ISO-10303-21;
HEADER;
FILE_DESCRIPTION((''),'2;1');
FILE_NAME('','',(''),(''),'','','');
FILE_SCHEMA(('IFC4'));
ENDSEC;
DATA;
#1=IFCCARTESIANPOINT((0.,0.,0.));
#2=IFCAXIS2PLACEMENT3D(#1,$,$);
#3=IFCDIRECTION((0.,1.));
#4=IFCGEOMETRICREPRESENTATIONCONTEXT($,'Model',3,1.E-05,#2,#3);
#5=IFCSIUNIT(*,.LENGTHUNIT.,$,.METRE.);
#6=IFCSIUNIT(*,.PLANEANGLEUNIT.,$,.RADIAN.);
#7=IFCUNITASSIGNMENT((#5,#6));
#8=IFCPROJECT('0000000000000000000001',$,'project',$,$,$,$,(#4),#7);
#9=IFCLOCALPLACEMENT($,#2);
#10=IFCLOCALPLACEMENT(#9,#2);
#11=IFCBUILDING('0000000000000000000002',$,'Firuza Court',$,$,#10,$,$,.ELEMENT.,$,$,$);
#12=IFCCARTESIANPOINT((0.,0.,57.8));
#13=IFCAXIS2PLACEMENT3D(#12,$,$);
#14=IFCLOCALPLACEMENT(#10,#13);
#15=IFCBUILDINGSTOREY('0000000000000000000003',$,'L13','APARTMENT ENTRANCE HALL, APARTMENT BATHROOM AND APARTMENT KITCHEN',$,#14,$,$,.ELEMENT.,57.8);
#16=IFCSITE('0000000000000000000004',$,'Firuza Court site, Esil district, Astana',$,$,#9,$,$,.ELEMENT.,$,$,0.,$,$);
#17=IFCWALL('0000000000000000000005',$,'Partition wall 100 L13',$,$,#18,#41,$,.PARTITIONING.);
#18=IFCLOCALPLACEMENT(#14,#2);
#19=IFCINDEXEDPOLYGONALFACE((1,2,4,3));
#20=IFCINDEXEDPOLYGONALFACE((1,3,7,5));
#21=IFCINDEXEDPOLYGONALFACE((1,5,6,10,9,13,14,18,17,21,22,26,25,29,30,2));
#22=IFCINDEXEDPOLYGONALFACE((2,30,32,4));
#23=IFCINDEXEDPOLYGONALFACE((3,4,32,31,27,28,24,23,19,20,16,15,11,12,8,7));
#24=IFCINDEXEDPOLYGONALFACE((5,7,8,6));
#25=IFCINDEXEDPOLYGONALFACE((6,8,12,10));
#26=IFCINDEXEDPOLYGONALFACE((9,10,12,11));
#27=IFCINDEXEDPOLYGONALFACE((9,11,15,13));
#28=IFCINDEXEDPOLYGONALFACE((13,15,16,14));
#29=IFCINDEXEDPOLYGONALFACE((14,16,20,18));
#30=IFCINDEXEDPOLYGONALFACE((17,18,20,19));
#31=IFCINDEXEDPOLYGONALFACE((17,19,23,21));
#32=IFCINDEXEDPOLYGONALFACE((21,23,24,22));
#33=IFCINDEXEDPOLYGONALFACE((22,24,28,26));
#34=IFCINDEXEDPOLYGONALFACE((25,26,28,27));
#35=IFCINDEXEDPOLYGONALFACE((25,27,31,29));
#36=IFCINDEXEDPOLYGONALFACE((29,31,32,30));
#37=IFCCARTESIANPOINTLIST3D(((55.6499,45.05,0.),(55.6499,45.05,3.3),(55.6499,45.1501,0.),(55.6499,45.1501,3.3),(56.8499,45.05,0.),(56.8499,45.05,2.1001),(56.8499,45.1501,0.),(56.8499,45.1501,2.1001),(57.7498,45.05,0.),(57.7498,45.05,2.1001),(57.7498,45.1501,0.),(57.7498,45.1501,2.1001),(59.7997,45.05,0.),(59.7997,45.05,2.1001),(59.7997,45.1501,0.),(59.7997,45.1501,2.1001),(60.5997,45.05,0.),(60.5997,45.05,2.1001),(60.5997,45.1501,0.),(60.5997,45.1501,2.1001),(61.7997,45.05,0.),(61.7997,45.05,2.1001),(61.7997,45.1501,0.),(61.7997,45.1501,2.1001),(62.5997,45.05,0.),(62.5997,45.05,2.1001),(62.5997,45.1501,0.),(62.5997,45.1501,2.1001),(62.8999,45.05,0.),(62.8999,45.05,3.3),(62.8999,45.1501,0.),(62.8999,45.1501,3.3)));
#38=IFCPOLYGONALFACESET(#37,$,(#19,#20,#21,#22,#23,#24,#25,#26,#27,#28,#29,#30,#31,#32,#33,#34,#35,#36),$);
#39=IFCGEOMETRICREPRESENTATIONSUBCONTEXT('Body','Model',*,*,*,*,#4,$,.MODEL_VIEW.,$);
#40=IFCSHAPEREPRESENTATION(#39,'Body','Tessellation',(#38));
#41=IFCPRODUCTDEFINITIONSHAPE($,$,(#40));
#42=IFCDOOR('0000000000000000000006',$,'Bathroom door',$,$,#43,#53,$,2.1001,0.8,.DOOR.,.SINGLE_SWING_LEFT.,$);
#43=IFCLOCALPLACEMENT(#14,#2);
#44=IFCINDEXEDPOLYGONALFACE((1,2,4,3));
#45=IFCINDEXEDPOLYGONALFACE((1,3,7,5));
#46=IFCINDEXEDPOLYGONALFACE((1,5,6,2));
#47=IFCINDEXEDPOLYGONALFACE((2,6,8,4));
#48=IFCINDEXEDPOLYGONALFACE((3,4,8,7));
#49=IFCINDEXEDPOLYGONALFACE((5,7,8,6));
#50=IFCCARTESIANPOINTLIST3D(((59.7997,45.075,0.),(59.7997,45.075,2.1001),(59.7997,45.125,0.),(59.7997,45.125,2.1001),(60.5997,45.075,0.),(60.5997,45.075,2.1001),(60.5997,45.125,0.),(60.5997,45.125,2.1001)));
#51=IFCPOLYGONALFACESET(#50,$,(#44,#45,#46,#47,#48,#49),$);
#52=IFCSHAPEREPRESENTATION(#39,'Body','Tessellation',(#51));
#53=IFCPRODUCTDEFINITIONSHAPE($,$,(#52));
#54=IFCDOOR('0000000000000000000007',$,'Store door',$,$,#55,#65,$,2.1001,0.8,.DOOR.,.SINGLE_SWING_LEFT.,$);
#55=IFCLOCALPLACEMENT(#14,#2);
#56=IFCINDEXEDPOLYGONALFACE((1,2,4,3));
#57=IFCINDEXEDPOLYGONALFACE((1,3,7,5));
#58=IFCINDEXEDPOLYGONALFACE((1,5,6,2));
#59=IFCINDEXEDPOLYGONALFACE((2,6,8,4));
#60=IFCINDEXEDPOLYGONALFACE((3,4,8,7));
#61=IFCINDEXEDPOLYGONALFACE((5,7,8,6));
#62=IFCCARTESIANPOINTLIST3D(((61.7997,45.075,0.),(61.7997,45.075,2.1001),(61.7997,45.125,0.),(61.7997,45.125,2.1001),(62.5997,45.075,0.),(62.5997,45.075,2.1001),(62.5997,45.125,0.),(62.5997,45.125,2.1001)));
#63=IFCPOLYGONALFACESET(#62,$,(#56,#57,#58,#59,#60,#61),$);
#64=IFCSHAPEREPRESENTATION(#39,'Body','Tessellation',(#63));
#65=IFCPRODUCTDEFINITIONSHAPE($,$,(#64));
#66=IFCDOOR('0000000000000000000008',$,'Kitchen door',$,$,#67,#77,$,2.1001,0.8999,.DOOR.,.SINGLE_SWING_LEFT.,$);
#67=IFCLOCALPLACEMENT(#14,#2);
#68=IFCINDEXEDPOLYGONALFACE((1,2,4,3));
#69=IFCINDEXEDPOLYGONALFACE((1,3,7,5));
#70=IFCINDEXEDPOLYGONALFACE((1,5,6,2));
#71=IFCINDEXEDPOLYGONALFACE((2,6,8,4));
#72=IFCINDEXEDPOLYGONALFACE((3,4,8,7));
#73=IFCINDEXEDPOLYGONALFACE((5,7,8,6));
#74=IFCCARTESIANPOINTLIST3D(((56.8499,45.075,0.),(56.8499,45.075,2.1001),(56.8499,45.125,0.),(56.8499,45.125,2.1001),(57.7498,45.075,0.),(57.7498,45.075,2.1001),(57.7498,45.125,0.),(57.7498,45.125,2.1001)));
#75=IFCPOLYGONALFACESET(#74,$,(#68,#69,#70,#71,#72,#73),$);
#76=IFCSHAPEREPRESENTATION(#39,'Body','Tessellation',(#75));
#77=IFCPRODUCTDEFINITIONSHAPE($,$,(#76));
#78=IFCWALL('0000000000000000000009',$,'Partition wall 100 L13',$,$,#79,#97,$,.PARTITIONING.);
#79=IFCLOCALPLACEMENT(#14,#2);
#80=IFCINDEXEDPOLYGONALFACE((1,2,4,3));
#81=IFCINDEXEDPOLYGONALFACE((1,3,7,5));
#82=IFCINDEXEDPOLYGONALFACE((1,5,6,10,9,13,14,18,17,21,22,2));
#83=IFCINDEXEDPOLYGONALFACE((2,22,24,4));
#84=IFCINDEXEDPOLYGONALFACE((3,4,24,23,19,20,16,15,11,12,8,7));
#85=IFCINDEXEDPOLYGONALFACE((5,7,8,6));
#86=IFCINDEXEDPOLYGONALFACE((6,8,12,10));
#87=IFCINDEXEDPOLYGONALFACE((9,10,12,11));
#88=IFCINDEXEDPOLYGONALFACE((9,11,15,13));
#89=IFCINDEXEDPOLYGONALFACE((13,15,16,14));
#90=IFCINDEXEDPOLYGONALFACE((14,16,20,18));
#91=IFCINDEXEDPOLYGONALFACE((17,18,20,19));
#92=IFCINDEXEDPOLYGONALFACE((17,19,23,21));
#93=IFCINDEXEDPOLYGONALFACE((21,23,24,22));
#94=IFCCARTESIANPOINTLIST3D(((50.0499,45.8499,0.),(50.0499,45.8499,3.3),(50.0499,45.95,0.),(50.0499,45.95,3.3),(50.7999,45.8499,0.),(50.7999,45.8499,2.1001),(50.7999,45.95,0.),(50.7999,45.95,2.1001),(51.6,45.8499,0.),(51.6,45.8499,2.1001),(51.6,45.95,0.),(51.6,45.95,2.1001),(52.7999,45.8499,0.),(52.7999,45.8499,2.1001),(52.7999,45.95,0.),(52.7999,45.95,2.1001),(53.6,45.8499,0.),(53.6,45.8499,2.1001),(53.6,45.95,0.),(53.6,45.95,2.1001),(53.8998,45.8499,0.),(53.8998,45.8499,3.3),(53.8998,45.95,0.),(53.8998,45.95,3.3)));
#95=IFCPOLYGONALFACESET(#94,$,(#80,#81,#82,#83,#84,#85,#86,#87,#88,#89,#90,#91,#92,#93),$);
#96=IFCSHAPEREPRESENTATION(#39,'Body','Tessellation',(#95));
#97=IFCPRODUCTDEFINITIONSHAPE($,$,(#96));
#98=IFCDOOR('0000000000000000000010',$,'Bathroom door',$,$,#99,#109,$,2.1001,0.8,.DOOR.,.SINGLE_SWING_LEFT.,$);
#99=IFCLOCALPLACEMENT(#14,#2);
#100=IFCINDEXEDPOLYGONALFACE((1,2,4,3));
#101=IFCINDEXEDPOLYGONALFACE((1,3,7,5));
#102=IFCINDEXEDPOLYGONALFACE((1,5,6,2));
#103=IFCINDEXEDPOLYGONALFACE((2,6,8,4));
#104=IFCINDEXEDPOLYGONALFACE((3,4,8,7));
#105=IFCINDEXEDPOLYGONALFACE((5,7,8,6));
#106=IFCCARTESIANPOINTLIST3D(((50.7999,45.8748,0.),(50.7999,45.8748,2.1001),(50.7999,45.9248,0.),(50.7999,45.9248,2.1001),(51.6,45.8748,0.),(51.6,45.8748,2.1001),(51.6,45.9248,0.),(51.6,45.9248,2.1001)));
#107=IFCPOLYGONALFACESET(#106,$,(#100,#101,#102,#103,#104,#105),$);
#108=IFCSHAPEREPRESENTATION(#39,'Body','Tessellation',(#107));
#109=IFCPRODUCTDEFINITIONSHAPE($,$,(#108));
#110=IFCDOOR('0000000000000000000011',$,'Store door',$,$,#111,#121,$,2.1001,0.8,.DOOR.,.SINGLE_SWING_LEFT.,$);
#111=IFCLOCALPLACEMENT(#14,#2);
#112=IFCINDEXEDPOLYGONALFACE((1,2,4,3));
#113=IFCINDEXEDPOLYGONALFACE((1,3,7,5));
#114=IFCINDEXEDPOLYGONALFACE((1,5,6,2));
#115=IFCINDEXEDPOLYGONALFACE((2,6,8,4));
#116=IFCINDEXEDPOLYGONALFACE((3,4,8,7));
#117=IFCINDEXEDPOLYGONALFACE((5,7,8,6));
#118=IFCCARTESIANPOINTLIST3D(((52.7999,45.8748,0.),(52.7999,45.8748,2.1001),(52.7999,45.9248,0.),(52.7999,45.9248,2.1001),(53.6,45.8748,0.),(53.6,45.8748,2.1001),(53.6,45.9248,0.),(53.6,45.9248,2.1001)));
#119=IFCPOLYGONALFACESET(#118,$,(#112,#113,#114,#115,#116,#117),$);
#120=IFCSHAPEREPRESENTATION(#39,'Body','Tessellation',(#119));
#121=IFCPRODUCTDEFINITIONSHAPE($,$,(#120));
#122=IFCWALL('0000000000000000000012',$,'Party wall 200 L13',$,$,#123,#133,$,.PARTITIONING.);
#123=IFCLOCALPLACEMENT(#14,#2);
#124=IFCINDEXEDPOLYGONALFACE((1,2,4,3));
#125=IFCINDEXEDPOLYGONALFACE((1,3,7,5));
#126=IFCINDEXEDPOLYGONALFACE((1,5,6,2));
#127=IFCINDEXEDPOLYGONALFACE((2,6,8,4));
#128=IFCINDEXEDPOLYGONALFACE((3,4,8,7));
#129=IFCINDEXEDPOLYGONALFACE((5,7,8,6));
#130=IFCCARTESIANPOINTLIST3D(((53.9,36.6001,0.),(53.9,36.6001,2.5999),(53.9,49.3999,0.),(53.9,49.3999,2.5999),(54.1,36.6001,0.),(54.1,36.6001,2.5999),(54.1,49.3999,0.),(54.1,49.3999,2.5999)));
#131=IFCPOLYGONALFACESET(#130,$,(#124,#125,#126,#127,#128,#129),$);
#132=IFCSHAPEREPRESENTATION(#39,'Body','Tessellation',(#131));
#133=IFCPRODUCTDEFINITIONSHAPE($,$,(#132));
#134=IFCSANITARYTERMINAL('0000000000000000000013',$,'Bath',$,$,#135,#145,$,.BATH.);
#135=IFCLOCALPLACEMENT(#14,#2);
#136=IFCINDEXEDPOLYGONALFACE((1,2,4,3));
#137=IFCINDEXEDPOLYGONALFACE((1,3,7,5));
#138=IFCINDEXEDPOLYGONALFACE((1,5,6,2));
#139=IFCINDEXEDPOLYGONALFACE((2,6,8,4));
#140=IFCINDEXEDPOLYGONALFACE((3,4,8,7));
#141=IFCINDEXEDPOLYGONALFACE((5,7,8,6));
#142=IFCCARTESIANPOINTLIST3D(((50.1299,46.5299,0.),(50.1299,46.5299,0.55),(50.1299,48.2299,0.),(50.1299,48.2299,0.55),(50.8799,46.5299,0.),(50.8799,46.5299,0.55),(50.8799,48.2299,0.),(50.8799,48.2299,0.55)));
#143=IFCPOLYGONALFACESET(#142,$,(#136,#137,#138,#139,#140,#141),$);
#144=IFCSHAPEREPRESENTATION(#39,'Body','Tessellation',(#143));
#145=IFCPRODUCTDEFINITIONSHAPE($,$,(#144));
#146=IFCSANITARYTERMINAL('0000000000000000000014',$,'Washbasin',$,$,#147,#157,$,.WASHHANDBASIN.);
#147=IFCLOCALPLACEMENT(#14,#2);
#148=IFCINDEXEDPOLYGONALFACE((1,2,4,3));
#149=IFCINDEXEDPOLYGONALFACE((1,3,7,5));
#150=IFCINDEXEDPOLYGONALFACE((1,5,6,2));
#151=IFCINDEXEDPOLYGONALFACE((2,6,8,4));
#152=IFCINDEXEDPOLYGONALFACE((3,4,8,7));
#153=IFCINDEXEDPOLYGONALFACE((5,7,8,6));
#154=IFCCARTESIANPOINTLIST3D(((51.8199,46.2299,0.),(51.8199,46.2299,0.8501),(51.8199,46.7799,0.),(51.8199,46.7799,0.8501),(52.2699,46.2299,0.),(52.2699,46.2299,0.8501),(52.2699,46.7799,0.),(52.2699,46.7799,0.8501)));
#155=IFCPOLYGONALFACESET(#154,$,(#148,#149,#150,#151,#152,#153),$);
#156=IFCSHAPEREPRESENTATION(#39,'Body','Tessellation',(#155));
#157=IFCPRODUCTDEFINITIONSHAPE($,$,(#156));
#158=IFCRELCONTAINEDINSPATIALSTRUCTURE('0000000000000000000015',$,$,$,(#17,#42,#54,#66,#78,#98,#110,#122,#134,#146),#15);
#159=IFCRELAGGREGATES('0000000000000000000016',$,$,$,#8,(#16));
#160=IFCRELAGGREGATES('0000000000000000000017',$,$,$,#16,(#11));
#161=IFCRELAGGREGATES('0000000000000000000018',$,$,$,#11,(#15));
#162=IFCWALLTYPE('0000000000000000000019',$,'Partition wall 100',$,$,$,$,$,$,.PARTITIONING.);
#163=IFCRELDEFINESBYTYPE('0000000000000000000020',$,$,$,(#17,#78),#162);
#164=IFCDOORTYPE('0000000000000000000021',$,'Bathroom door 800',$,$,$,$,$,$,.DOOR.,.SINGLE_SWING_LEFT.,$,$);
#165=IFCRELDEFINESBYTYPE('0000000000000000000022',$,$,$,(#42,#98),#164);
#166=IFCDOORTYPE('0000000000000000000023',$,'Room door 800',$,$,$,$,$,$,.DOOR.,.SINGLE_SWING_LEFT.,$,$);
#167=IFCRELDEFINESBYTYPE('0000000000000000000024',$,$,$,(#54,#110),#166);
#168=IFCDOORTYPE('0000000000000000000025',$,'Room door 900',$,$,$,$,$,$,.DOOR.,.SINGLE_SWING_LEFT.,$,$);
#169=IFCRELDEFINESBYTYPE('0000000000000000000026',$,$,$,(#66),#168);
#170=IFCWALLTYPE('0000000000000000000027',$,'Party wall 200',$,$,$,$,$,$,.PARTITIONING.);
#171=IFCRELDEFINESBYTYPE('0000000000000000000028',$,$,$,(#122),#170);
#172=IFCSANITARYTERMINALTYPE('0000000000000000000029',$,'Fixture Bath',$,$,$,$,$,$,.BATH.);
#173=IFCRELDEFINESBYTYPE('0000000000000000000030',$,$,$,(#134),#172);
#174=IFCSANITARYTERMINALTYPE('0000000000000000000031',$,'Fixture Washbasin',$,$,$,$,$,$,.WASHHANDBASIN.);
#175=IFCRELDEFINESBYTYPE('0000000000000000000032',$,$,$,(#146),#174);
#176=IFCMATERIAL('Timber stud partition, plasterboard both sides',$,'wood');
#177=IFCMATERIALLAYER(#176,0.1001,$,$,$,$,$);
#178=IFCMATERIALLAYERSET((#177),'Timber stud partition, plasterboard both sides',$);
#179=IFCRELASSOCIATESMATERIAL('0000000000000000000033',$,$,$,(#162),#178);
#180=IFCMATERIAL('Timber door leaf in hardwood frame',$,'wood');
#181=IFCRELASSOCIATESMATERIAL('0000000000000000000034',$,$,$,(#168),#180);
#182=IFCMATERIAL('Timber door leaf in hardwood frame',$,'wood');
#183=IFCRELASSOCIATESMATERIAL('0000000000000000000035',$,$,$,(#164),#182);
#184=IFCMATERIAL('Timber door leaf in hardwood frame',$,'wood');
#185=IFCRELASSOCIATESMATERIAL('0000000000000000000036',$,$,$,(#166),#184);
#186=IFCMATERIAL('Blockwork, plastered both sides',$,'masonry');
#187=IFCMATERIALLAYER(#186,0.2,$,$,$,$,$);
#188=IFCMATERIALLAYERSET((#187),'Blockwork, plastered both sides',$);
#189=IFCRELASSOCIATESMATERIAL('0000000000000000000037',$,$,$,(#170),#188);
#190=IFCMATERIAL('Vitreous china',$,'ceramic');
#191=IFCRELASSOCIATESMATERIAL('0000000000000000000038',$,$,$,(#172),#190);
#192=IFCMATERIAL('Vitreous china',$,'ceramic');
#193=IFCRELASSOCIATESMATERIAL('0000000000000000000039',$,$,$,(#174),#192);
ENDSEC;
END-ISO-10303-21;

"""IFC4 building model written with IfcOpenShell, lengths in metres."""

from ifc_helpers import new_model, si_unit, direction, frame, frame_2d, origin, origin_2d, place, context, subcontext, project, spatial, rectangle, extrude, material, layer, layer_set, type_object, element, fill, save


model = new_model("IFC4")

# Units and contexts
model_context = context("Model", 3, precision=1e-05, world=origin(), true_north=direction((0.0, 1.0)))
body_context = subcontext(model_context, "Body", "Model", "MODEL_VIEW")
ifc_project = project(units=[si_unit("LENGTHUNIT", "METRE"), si_unit("PLANEANGLEUNIT", "RADIAN")], contexts=[model_context])

# Site, building, storey
site_placement = place(None, origin())
site = spatial("IfcSite", under=ifc_project, at=site_placement, Name="Firuza Court site, Esil district, Astana", CompositionType="ELEMENT", RefElevation=0.0)
building_placement = place(site_placement, origin())
building = spatial("IfcBuilding", under=site, at=building_placement, Name="Firuza Court", CompositionType="ELEMENT")
storey_placement = place(building_placement, frame((0.0, 0.0, 57.8)))
storey = spatial("IfcBuildingStorey", under=building, at=storey_placement, Name="L13", Description="APARTMENT ENTRANCE HALL, APARTMENT BATHROOM AND APARTMENT KITCHEN", CompositionType="ELEMENT", Elevation=57.8)

# Shared definitions
ifc_material_1 = material(Name="Timber stud partition, plasterboard both sides", Category="wood")
ifc_layer_1 = layer(ifc_material_1, 0.1001)
ifc_layer_set_1 = layer_set([ifc_layer_1], Name="Timber stud partition, plasterboard both sides")
wall_type_1 = type_object("IfcWallType", Name="Partition wall 100", PredefinedType="PARTITIONING", material=ifc_layer_set_1)
ifc_material_2 = material(Name="Timber door leaf in hardwood frame", Category="wood")
door_type_1 = type_object("IfcDoorType", Name="Room door 900", OperationType="SINGLE_SWING_LEFT", PredefinedType="DOOR", material=ifc_material_2)

# Walls, openings, doors
wall_1_placement = place(storey_placement, frame((55.6499, 45.1001, 0.0), z_axis=(0.0, 0.0, 1.0), x_axis=(1.0, 0.0, 0.0)))
wall_1 = element("IfcWall", 1, at=wall_1_placement, inside=storey, type_object=wall_type_1, Name="Partition wall 100 L13", PredefinedType="PARTITIONING", context=body_context, shape_type="SweptSolid", body=[
    extrude(rectangle(XDim=7.25, YDim=0.1001, at=frame_2d((3.625, 0.0))), origin(), (0.0, 0.0, 1.0), 3.3),
])
opening_1_placement = place(wall_1_placement, frame((4.1499, 0.0, 0.0)))
opening_1 = element("IfcOpeningElement", 2, at=opening_1_placement, cuts=wall_1, PredefinedType="OPENING", context=body_context, shape_type="SweptSolid", body=[
    extrude(rectangle(XDim=0.8, YDim=2.1001, at=frame_2d((0.3999, 1.05))), frame((0.0, 0.062, 0.0), z_axis=(0.0, -1.0, 0.0), x_axis=(1.0, 0.0, 0.0)), (0.0, 0.0, 1.0), 0.124),
])
opening_2_placement = place(wall_1_placement, frame((1.2, 0.0, 0.0)))
opening_2 = element("IfcOpeningElement", 3, at=opening_2_placement, cuts=wall_1, PredefinedType="OPENING", context=body_context, shape_type="SweptSolid", body=[
    extrude(rectangle(XDim=0.8999, YDim=2.1001, at=frame_2d((0.45, 1.05))), frame((0.0, 0.062, 0.0), z_axis=(0.0, -1.0, 0.0), x_axis=(1.0, 0.0, 0.0)), (0.0, 0.0, 1.0), 0.124),
])
opening_3_placement = place(wall_1_placement, frame((6.1499, 0.0, 0.0)))
opening_3 = element("IfcOpeningElement", 4, at=opening_3_placement, cuts=wall_1, PredefinedType="OPENING", context=body_context, shape_type="SweptSolid", body=[
    extrude(rectangle(XDim=0.8, YDim=2.1001, at=frame_2d((0.3999, 1.05))), frame((0.0, 0.062, 0.0), z_axis=(0.0, -1.0, 0.0), x_axis=(1.0, 0.0, 0.0)), (0.0, 0.0, 1.0), 0.124),
])
ifc_material_3 = material(Name="Timber door leaf in hardwood frame", Category="wood")
door_type_2 = type_object("IfcDoorType", Name="Bathroom door 800", OperationType="SINGLE_SWING_LEFT", PredefinedType="DOOR", material=ifc_material_3)
door_1_placement = place(opening_1_placement, origin())
door_1 = element("IfcDoor", 5, at=door_1_placement, inside=storey, type_object=door_type_2, Name="Bathroom door", OperationType="SINGLE_SWING_LEFT", OverallHeight=2.1001, OverallWidth=0.8, PredefinedType="DOOR", context=body_context, shape_type="SweptSolid", body=[
    extrude(rectangle(XDim=0.8, YDim=2.1001, at=frame_2d((0.3999, 1.05))), frame((0.0, 0.0249, 0.0), z_axis=(0.0, -1.0, 0.0), x_axis=(1.0, 0.0, 0.0)), (0.0, 0.0, 1.0), 0.05),
])
fill(opening_1, door_1)
ifc_material_4 = material(Name="Timber door leaf in hardwood frame", Category="wood")
door_type_3 = type_object("IfcDoorType", Name="Room door 800", OperationType="SINGLE_SWING_LEFT", PredefinedType="DOOR", material=ifc_material_4)
door_2_placement = place(opening_3_placement, origin())
door_2 = element("IfcDoor", 6, at=door_2_placement, inside=storey, type_object=door_type_3, Name="Store door", OperationType="SINGLE_SWING_LEFT", OverallHeight=2.1001, OverallWidth=0.8, PredefinedType="DOOR", context=body_context, shape_type="SweptSolid", body=[
    extrude(rectangle(XDim=0.8, YDim=2.1001, at=frame_2d((0.3999, 1.05))), frame((0.0, 0.0249, 0.0), z_axis=(0.0, -1.0, 0.0), x_axis=(1.0, 0.0, 0.0)), (0.0, 0.0, 1.0), 0.05),
])
fill(opening_3, door_2)
door_3_placement = place(opening_2_placement, origin())
door_3 = element("IfcDoor", 7, at=door_3_placement, inside=storey, type_object=door_type_1, Name="Kitchen door", OperationType="SINGLE_SWING_LEFT", OverallHeight=2.1001, OverallWidth=0.8999, PredefinedType="DOOR", context=body_context, shape_type="SweptSolid", body=[
    extrude(rectangle(XDim=0.8999, YDim=2.1001, at=frame_2d((0.45, 1.05))), frame((0.0, 0.0249, 0.0), z_axis=(0.0, -1.0, 0.0), x_axis=(1.0, 0.0, 0.0)), (0.0, 0.0, 1.0), 0.05),
])
fill(opening_2, door_3)
wall_2_placement = place(storey_placement, frame((50.05, 45.8999, 0.0), z_axis=(0.0, 0.0, 1.0), x_axis=(1.0, 0.0, 0.0)))
wall_2 = element("IfcWall", 8, at=wall_2_placement, inside=storey, type_object=wall_type_1, Name="Partition wall 100 L13", PredefinedType="PARTITIONING", context=body_context, shape_type="SweptSolid", body=[
    extrude(rectangle(XDim=3.8499, YDim=0.1001, at=frame_2d((1.9248, 0.0))), origin(), (0.0, 0.0, 1.0), 3.3),
])
opening_4_placement = place(wall_2_placement, frame((0.75, 0.0, 0.0)))
opening_4 = element("IfcOpeningElement", 9, at=opening_4_placement, cuts=wall_2, PredefinedType="OPENING", context=body_context, shape_type="SweptSolid", body=[
    extrude(rectangle(XDim=0.8, YDim=2.1001, at=frame_2d((0.3999, 1.05))), frame((0.0, 0.062, 0.0), z_axis=(0.0, -1.0, 0.0), x_axis=(1.0, 0.0, 0.0)), (0.0, 0.0, 1.0), 0.124),
])
opening_5_placement = place(wall_2_placement, frame((2.75, 0.0, 0.0)))
opening_5 = element("IfcOpeningElement", 10, at=opening_5_placement, cuts=wall_2, PredefinedType="OPENING", context=body_context, shape_type="SweptSolid", body=[
    extrude(rectangle(XDim=0.8, YDim=2.1001, at=frame_2d((0.3999, 1.05))), frame((0.0, 0.062, 0.0), z_axis=(0.0, -1.0, 0.0), x_axis=(1.0, 0.0, 0.0)), (0.0, 0.0, 1.0), 0.124),
])
door_4_placement = place(opening_4_placement, origin())
door_4 = element("IfcDoor", 11, at=door_4_placement, inside=storey, type_object=door_type_2, Name="Bathroom door", OperationType="SINGLE_SWING_LEFT", OverallHeight=2.1001, OverallWidth=0.8, PredefinedType="DOOR", context=body_context, shape_type="SweptSolid", body=[
    extrude(rectangle(XDim=0.8, YDim=2.1001, at=frame_2d((0.3999, 1.05))), frame((0.0, 0.0249, 0.0), z_axis=(0.0, -1.0, 0.0), x_axis=(1.0, 0.0, 0.0)), (0.0, 0.0, 1.0), 0.05),
])
fill(opening_4, door_4)
door_5_placement = place(opening_5_placement, origin())
door_5 = element("IfcDoor", 12, at=door_5_placement, inside=storey, type_object=door_type_3, Name="Store door", OperationType="SINGLE_SWING_LEFT", OverallHeight=2.1001, OverallWidth=0.8, PredefinedType="DOOR", context=body_context, shape_type="SweptSolid", body=[
    extrude(rectangle(XDim=0.8, YDim=2.1001, at=frame_2d((0.3999, 1.05))), frame((0.0, 0.0249, 0.0), z_axis=(0.0, -1.0, 0.0), x_axis=(1.0, 0.0, 0.0)), (0.0, 0.0, 1.0), 0.05),
])
fill(opening_5, door_5)

# Wall
ifc_material_5 = material(Name="Blockwork, plastered both sides", Category="masonry")
ifc_layer_2 = layer(ifc_material_5, 0.2)
ifc_layer_set_2 = layer_set([ifc_layer_2], Name="Blockwork, plastered both sides")
wall_type_2 = type_object("IfcWallType", Name="Party wall 200", PredefinedType="PARTITIONING", material=ifc_layer_set_2)
wall_3_placement = place(storey_placement, frame((54.0, 36.6001, 0.0), z_axis=(0.0, 0.0, 1.0), x_axis=(0.0, 1.0, 0.0)))
element("IfcWall", 13, at=wall_3_placement, inside=storey, type_object=wall_type_2, Name="Party wall 200 L13", PredefinedType="PARTITIONING", context=body_context, shape_type="SweptSolid", body=[
    extrude(rectangle(XDim=12.7998, YDim=0.2, at=frame_2d((6.3999, 0.0))), origin(), (0.0, 0.0, 1.0), 2.5999),
])

# Sanitary terminals
ifc_material_6 = material(Name="Vitreous china", Category="ceramic")
sanitary_terminal_type_1 = type_object("IfcSanitaryTerminalType", Name="Fixture Bath", PredefinedType="BATH", material=ifc_material_6)
sanitary_terminal_1_placement = place(storey_placement, frame((50.5049, 47.3799, 0.0), z_axis=(0.0, 0.0, 1.0), x_axis=(1.0, 0.0, 0.0)))
element("IfcSanitaryTerminal", 14, at=sanitary_terminal_1_placement, inside=storey, type_object=sanitary_terminal_type_1, Name="Bath", PredefinedType="BATH", context=body_context, shape_type="SweptSolid", body=[
    extrude(rectangle(XDim=0.75, YDim=1.7, at=origin_2d()), origin(), (0.0, 0.0, 1.0), 0.55),
])
ifc_material_7 = material(Name="Vitreous china", Category="ceramic")
sanitary_terminal_type_2 = type_object("IfcSanitaryTerminalType", Name="Fixture Washbasin", PredefinedType="WASHHANDBASIN", material=ifc_material_7)
sanitary_terminal_2_placement = place(storey_placement, frame((52.0449, 46.5049, 0.0), z_axis=(0.0, 0.0, 1.0), x_axis=(1.0, 0.0, 0.0)))
element("IfcSanitaryTerminal", 15, at=sanitary_terminal_2_placement, inside=storey, type_object=sanitary_terminal_type_2, Name="Washbasin", PredefinedType="WASHHANDBASIN", context=body_context, shape_type="SweptSolid", body=[
    extrude(rectangle(XDim=0.45, YDim=0.55, at=origin_2d()), origin(), (0.0, 0.0, 1.0), 0.8501),
])

save(model, "model.ifc")
